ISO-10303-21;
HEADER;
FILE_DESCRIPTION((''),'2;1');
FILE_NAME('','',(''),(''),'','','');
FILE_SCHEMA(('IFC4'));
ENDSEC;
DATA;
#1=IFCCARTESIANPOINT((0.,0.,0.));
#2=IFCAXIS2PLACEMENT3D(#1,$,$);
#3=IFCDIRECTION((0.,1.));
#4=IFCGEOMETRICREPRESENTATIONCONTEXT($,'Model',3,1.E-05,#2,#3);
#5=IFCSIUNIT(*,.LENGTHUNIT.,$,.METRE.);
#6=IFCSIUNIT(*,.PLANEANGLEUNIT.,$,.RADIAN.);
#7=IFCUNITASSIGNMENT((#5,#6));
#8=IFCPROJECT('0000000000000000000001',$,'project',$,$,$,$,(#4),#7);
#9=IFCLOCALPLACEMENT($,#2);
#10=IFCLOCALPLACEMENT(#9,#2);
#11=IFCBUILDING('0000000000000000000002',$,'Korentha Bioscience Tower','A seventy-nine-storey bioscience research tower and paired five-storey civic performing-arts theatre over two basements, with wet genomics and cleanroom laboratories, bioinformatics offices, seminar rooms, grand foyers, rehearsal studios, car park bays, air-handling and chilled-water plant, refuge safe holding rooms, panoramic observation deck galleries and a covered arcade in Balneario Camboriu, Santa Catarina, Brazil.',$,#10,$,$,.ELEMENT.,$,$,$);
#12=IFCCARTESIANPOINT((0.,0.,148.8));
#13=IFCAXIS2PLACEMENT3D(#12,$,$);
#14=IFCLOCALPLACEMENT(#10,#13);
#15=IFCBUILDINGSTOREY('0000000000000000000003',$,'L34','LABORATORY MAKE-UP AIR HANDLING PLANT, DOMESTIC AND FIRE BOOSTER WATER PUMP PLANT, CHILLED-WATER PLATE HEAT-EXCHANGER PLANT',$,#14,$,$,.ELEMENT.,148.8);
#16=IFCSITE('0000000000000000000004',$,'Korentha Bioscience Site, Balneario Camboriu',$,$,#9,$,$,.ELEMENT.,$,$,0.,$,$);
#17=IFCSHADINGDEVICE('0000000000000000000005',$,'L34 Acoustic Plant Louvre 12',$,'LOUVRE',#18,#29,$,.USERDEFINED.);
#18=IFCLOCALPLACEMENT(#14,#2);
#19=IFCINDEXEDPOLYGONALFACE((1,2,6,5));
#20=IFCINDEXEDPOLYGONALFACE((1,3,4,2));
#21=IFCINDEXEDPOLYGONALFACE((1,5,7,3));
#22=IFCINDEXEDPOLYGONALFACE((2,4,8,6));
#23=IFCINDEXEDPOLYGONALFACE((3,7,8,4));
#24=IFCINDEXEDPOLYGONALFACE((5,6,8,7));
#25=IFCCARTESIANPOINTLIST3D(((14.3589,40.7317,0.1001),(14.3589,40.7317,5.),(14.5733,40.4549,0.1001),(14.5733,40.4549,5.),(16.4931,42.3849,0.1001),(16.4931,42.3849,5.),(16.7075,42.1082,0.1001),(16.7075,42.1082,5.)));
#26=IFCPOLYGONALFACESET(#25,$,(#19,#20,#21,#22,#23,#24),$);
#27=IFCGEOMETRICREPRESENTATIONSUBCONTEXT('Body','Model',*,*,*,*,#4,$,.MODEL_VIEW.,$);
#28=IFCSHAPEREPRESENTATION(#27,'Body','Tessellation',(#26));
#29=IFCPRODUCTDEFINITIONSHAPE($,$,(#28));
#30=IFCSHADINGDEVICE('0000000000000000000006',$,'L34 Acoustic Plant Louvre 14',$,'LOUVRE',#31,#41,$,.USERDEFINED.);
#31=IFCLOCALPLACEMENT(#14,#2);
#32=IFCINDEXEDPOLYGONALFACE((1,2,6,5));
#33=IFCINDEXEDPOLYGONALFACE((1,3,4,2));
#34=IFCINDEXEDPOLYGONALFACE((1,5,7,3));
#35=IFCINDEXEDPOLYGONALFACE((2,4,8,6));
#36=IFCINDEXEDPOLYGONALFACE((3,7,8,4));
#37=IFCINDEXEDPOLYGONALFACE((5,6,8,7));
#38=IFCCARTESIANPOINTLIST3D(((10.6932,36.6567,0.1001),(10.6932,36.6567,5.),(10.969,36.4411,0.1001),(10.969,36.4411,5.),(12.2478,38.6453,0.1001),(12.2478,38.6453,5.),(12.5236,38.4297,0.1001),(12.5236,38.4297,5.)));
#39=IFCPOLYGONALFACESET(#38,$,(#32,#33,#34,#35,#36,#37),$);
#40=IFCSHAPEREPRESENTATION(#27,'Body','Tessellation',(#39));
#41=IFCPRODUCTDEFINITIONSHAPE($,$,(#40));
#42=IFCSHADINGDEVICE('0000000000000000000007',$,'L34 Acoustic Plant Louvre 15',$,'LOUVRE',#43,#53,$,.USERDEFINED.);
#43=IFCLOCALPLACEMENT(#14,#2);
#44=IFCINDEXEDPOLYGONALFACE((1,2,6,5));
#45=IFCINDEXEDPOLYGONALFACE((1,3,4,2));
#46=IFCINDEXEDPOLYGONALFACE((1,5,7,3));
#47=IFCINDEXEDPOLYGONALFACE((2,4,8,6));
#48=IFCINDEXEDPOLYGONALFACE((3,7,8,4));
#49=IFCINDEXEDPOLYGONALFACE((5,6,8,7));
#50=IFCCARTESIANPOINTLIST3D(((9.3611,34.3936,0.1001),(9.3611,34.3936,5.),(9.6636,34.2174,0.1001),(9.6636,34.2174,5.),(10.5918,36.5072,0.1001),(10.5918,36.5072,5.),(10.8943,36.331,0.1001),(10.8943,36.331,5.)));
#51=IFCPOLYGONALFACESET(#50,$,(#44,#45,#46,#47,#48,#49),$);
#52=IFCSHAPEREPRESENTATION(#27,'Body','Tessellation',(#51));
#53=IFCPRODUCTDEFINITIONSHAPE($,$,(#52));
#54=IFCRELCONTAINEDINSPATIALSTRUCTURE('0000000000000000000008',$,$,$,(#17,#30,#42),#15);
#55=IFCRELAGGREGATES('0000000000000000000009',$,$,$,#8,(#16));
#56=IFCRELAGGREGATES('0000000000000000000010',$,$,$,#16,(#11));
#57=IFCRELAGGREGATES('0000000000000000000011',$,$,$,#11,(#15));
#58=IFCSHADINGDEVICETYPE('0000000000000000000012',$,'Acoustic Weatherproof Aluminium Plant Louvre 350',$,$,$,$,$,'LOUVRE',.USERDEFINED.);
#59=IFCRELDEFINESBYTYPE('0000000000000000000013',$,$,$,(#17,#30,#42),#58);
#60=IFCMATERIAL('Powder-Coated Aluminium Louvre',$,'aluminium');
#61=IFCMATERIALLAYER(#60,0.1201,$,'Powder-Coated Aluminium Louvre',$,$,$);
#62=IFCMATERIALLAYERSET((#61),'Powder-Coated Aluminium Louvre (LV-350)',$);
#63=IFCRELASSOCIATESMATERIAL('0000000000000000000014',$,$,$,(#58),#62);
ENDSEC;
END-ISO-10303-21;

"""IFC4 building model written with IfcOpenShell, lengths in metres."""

from ifc_helpers import new_model, si_unit, direction, frame, origin, origin_2d, place, context, subcontext, project, spatial, rectangle, extrude, material, layer, layer_set, type_object, element, save


model = new_model("IFC4")

# Units and contexts
model_context = context("Model", 3, precision=1e-05, world=origin(), true_north=direction((0.0, 1.0)))
body_context = subcontext(model_context, "Body", "Model", "MODEL_VIEW")
ifc_project = project(units=[si_unit("LENGTHUNIT", "METRE"), si_unit("PLANEANGLEUNIT", "RADIAN")], contexts=[model_context])

# Site, building, storey
site_placement = place(None, origin())
site = spatial("IfcSite", under=ifc_project, at=site_placement, Name="Korentha Bioscience Site, Balneario Camboriu", CompositionType="ELEMENT", RefElevation=0.0)
building_placement = place(site_placement, origin())
building = spatial("IfcBuilding", under=site, at=building_placement, Name="Korentha Bioscience Tower", Description="A seventy-nine-storey bioscience research tower and paired five-storey civic performing-arts theatre over two basements, with wet genomics and cleanroom laboratories, bioinformatics offices, seminar rooms, grand foyers, rehearsal studios, car park bays, air-handling and chilled-water plant, refuge safe holding rooms, panoramic observation deck galleries and a covered arcade in Balneario Camboriu, Santa Catarina, Brazil.", CompositionType="ELEMENT")
storey_placement = place(building_placement, frame((0.0, 0.0, 148.8)))
storey = spatial("IfcBuildingStorey", under=building, at=storey_placement, Name="L34", Description="LABORATORY MAKE-UP AIR HANDLING PLANT, DOMESTIC AND FIRE BOOSTER WATER PUMP PLANT, CHILLED-WATER PLATE HEAT-EXCHANGER PLANT", CompositionType="ELEMENT", Elevation=148.8)

# Shading devices
ifc_material_1 = material(Name="Powder-Coated Aluminium Louvre", Category="aluminium")
ifc_layer_1 = layer(ifc_material_1, 0.1201, Name="Powder-Coated Aluminium Louvre")
ifc_layer_set_1 = layer_set([ifc_layer_1], Name="Powder-Coated Aluminium Louvre (LV-350)")
shading_device_type = type_object("IfcShadingDeviceType", Name="Acoustic Weatherproof Aluminium Plant Louvre 350", ElementType="LOUVRE", PredefinedType="USERDEFINED", material=ifc_layer_set_1)
shading_device_1_placement = place(storey_placement, frame((15.5332, 41.4199, 0.1001), z_axis=(0.0, 0.0, 1.0), x_axis=(-0.790554, -0.612393, 0.0)))
element("IfcShadingDevice", 1, at=shading_device_1_placement, inside=storey, type_object=shading_device_type, Name="L34 Acoustic Plant Louvre 12", ObjectType="LOUVRE", PredefinedType="USERDEFINED", context=body_context, shape_type="SweptSolid", body=[
    extrude(rectangle(XDim=2.6997, YDim=0.3501, at=origin_2d()), origin(), (0.0, 0.0, 1.0), 4.8999),
])
shading_device_2_placement = place(storey_placement, frame((11.6084, 37.5432, 0.1001), z_axis=(0.0, 0.0, 1.0), x_axis=(-0.615896, -0.787827, 0.0)))
element("IfcShadingDevice", 2, at=shading_device_2_placement, inside=storey, type_object=shading_device_type, Name="L34 Acoustic Plant Louvre 14", ObjectType="LOUVRE", PredefinedType="USERDEFINED", context=body_context, shape_type="SweptSolid", body=[
    extrude(rectangle(XDim=2.5242, YDim=0.3501, at=origin_2d()), origin(), (0.0, 0.0, 1.0), 4.8999),
])
shading_device_3_placement = place(storey_placement, frame((10.1277, 35.3623, 0.1001), z_axis=(0.0, 0.0, 1.0), x_axis=(-0.503181, -0.864181, 0.0)))
element("IfcShadingDevice", 3, at=shading_device_3_placement, inside=storey, type_object=shading_device_type, Name="L34 Acoustic Plant Louvre 15", ObjectType="LOUVRE", PredefinedType="USERDEFINED", context=body_context, shape_type="SweptSolid", body=[
    extrude(rectangle(XDim=2.4458, YDim=0.3501, at=origin_2d()), origin(), (0.0, 0.0, 1.0), 4.8999),
])

save(model, "model.ifc")
